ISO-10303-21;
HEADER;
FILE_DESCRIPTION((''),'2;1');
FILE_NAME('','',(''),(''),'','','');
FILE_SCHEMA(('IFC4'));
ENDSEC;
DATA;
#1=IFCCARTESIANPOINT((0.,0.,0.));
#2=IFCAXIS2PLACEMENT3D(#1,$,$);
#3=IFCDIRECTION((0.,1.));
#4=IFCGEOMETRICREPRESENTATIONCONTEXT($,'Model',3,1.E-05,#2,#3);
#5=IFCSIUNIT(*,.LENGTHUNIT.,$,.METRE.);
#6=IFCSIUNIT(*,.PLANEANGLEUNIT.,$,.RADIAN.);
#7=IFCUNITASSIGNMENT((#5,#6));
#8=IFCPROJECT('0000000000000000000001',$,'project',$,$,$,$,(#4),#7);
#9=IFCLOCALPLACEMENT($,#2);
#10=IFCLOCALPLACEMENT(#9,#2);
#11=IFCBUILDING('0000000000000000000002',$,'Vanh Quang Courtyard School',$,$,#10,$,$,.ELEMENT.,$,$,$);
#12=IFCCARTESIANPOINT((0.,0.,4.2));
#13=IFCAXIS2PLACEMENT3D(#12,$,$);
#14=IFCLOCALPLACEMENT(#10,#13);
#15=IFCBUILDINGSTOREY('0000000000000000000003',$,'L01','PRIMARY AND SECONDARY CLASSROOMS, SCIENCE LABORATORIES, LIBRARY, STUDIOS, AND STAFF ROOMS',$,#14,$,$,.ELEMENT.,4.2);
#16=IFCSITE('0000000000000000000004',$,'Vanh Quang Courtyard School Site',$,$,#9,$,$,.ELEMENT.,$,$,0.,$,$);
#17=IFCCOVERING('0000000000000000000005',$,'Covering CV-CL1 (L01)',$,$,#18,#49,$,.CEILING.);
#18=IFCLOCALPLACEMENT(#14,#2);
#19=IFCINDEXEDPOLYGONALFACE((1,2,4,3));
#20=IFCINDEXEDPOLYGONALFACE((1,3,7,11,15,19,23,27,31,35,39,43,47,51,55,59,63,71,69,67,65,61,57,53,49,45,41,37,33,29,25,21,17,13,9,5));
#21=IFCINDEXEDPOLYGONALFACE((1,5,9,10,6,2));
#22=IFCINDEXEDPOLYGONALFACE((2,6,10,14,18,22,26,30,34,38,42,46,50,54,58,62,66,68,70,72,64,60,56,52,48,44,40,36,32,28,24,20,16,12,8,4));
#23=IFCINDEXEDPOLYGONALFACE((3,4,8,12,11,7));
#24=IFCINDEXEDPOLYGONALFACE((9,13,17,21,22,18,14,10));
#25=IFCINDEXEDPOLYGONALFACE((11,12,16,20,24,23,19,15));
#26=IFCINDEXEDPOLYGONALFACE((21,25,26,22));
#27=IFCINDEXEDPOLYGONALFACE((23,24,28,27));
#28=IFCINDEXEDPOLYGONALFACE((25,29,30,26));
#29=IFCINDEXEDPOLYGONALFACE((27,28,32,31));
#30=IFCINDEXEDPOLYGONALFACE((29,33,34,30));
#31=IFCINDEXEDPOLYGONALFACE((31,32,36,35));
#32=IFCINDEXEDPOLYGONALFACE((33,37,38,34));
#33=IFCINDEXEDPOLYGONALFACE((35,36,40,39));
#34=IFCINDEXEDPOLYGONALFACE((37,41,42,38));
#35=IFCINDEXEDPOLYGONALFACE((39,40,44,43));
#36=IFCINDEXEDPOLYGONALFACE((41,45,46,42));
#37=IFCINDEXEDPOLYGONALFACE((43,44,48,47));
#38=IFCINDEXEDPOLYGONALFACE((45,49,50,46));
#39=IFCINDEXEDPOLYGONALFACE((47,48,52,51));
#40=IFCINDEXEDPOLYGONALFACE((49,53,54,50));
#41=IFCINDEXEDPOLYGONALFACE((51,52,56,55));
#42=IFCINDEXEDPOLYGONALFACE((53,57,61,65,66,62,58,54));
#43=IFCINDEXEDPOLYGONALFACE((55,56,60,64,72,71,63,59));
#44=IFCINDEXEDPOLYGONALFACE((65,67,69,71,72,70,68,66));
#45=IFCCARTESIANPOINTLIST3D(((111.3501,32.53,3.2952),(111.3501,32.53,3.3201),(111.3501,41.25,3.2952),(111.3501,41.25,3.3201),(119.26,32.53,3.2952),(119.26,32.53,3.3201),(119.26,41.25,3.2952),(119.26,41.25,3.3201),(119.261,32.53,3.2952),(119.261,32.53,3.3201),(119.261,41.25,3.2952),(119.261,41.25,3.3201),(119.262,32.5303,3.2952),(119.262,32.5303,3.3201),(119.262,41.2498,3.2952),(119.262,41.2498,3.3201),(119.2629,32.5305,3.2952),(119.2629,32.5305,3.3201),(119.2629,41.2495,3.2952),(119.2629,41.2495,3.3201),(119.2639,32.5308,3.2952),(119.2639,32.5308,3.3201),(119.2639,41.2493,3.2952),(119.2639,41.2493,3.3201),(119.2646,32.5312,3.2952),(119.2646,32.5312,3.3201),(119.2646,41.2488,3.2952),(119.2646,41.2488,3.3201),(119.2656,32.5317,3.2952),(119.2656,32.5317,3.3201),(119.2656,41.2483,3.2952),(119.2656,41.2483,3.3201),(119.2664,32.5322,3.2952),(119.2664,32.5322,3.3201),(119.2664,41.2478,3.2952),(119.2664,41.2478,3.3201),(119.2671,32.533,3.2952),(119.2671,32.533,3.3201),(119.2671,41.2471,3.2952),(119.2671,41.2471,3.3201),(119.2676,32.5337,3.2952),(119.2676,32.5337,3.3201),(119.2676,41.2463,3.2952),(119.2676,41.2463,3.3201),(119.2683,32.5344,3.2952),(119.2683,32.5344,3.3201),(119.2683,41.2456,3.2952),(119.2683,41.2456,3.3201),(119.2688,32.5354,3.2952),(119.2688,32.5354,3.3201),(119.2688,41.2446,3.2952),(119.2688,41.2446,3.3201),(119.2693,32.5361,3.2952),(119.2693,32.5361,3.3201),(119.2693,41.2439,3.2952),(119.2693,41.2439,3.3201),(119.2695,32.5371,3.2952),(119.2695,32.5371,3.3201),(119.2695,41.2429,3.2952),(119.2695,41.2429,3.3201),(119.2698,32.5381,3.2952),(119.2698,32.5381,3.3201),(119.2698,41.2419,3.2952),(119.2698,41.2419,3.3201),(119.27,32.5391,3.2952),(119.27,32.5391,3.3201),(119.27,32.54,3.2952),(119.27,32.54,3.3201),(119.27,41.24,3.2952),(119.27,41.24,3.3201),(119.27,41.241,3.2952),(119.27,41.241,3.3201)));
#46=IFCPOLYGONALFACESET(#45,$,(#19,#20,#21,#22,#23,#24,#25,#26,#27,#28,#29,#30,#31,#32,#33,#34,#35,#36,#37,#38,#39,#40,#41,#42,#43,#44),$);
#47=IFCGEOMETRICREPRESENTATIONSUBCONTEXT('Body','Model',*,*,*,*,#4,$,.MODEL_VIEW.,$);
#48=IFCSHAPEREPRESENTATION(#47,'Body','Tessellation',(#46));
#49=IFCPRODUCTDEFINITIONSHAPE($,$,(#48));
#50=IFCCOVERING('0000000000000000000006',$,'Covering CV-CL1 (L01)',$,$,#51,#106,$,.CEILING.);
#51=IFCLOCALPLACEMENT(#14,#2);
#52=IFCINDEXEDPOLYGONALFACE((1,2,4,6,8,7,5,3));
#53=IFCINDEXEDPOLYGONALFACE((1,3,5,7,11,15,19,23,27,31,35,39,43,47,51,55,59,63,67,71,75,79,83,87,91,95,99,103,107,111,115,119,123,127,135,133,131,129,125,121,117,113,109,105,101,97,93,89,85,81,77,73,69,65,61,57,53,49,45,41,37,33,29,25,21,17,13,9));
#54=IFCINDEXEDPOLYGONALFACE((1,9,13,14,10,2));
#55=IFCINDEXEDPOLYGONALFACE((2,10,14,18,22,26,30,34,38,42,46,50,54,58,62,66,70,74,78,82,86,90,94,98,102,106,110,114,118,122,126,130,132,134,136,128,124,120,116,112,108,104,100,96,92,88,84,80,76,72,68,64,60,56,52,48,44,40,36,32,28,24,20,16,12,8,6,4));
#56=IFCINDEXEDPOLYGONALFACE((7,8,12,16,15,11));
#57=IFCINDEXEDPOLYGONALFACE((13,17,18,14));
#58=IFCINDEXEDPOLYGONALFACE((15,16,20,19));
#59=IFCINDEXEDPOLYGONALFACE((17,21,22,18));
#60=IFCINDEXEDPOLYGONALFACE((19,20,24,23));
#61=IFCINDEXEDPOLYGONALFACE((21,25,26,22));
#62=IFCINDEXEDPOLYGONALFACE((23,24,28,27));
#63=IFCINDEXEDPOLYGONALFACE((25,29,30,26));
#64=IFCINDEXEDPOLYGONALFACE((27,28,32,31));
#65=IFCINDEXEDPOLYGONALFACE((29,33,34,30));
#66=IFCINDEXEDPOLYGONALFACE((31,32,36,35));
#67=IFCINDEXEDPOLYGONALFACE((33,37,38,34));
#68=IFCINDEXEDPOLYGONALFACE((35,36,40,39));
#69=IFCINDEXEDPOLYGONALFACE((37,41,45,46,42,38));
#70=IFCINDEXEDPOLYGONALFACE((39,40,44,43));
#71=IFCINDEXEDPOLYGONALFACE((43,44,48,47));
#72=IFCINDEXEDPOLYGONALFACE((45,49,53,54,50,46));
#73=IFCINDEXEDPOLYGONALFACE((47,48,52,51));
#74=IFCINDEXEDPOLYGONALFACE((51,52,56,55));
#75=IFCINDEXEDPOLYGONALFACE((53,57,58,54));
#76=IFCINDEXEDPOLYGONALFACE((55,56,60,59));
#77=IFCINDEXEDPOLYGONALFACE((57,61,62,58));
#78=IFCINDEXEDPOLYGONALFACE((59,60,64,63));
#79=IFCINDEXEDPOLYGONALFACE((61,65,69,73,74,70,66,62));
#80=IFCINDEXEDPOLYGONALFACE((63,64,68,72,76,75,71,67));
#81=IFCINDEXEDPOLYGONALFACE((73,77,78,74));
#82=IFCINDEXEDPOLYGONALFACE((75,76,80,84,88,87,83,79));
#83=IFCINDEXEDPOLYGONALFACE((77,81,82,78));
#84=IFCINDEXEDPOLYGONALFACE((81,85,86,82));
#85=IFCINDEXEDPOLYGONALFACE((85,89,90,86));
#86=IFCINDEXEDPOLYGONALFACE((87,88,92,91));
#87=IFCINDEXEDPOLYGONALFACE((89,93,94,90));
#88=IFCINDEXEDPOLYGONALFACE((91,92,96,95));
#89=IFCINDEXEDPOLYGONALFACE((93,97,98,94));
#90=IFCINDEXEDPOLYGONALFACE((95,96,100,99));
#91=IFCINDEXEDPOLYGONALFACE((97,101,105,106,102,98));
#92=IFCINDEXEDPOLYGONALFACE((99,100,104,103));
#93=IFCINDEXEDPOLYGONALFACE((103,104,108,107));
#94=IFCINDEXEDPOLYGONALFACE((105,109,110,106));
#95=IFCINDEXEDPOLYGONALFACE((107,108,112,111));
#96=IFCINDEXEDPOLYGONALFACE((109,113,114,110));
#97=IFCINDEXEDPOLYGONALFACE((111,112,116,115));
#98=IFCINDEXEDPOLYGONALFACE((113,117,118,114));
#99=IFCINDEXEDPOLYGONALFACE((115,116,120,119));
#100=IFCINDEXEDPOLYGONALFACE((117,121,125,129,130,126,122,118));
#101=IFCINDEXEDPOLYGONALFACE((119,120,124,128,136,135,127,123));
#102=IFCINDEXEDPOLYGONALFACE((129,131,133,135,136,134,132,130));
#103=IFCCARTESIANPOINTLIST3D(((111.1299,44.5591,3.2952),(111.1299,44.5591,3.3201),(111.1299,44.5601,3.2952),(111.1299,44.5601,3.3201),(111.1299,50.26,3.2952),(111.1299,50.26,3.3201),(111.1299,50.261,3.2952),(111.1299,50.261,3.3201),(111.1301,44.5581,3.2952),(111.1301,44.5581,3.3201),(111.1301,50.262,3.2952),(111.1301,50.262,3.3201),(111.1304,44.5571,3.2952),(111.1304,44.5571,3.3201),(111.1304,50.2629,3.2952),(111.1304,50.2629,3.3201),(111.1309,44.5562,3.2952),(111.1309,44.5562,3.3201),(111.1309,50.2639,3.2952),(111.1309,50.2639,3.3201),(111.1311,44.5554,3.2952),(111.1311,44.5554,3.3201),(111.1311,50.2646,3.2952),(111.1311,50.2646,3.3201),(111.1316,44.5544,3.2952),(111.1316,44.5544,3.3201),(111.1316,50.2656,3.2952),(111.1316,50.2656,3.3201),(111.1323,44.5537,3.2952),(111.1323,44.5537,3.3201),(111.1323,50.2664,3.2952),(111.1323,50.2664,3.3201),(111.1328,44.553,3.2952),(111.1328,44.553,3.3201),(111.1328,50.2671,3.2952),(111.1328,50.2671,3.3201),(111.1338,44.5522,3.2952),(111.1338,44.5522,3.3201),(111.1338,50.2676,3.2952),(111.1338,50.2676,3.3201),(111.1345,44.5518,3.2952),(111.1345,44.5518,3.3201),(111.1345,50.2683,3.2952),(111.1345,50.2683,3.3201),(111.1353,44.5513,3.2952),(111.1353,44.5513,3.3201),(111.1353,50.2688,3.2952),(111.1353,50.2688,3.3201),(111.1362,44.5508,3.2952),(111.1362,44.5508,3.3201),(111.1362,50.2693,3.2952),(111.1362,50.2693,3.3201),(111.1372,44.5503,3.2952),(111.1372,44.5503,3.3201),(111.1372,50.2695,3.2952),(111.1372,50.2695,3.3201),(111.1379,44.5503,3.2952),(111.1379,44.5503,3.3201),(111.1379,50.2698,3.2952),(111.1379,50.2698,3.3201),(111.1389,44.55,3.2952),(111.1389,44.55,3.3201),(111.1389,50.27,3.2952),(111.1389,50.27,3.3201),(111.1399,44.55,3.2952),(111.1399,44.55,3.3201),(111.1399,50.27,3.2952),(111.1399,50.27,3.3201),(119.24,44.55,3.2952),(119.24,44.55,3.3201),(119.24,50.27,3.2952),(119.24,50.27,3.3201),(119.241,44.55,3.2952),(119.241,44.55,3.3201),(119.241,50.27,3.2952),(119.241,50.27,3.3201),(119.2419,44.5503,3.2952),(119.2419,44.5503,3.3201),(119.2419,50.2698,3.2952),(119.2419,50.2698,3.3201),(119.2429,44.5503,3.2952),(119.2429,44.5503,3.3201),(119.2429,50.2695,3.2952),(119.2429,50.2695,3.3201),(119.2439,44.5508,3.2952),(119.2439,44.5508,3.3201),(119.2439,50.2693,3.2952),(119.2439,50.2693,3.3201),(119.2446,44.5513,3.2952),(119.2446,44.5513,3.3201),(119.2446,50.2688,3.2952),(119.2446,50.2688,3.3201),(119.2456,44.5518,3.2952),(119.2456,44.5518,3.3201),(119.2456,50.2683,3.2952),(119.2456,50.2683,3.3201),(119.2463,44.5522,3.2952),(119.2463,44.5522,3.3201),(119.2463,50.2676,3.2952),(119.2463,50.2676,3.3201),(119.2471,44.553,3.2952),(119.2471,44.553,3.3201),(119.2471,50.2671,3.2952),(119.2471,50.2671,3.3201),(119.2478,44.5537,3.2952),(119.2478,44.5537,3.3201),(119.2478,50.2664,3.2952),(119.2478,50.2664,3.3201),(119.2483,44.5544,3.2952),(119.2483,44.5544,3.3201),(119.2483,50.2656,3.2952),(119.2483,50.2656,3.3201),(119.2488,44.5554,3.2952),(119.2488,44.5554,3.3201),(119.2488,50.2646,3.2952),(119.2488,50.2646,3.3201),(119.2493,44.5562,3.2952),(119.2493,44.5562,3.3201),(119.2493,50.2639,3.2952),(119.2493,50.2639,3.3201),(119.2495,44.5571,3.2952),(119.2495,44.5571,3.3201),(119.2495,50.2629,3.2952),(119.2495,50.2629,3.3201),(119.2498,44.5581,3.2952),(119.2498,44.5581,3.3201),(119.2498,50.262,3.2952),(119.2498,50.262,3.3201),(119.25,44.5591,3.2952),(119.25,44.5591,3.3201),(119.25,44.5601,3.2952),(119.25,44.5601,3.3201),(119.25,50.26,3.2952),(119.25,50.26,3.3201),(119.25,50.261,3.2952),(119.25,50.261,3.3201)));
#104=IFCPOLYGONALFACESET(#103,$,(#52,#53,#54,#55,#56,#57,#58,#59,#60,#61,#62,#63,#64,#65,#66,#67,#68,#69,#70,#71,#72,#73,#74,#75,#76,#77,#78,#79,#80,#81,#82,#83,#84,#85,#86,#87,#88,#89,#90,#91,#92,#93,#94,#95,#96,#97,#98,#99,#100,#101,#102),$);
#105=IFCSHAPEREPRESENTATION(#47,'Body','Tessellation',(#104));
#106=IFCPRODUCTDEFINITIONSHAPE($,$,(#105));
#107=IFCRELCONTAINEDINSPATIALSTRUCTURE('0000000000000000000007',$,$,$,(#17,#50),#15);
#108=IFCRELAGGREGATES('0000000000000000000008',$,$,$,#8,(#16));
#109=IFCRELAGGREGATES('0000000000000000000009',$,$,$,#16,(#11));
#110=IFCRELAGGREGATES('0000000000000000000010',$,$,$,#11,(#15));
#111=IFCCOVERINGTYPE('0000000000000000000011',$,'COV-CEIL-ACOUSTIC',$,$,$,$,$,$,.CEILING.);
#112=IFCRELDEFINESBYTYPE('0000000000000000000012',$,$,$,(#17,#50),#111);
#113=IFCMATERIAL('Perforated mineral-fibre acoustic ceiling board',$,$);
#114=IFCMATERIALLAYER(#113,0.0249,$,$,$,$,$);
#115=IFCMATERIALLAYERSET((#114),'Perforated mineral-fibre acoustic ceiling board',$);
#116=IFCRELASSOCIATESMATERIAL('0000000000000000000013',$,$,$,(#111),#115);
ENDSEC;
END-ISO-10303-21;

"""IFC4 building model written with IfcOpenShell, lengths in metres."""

from ifc_helpers import new_model, si_unit, direction, frame, origin, place, context, subcontext, project, spatial, polyline, outline, extrude, material, layer, layer_set, type_object, element, save


model = new_model("IFC4")

# Units and contexts
model_context = context("Model", 3, precision=1e-05, world=origin(), true_north=direction((0.0, 1.0)))
body_context = subcontext(model_context, "Body", "Model", "MODEL_VIEW")
ifc_project = project(units=[si_unit("LENGTHUNIT", "METRE"), si_unit("PLANEANGLEUNIT", "RADIAN")], contexts=[model_context])

# Site, building, storey
site_placement = place(None, origin())
site = spatial("IfcSite", under=ifc_project, at=site_placement, Name="Vanh Quang Courtyard School Site", CompositionType="ELEMENT", RefElevation=0.0)
building_placement = place(site_placement, origin())
building = spatial("IfcBuilding", under=site, at=building_placement, Name="Vanh Quang Courtyard School", CompositionType="ELEMENT")
storey_placement = place(building_placement, frame((0.0, 0.0, 4.2)))
storey = spatial("IfcBuildingStorey", under=building, at=storey_placement, Name="L01", Description="PRIMARY AND SECONDARY CLASSROOMS, SCIENCE LABORATORIES, LIBRARY, STUDIOS, AND STAFF ROOMS", CompositionType="ELEMENT", Elevation=4.2)

# Coverings
ifc_material_1 = material(Name="Perforated mineral-fibre acoustic ceiling board")
ifc_layer_1 = layer(ifc_material_1, 0.0249)
ifc_layer_set_1 = layer_set([ifc_layer_1], Name="Perforated mineral-fibre acoustic ceiling board")
covering_type_1 = type_object("IfcCoveringType", Name="COV-CEIL-ACOUSTIC", PredefinedType="CEILING", material=ifc_layer_set_1)
covering_1_placement = place(storey_placement, frame((0.0, 0.0, 3.2952)))
element("IfcCovering", 1, at=covering_1_placement, inside=storey, type_object=covering_type_1, Name="Covering CV-CL1 (L01)", PredefinedType="CEILING", context=body_context, shape_type="SweptSolid", body=[
    extrude(outline(polyline([(111.3501, 32.53), (111.3501, 41.25), (119.26, 41.25), (119.261, 41.25), (119.262, 41.2498), (119.2629, 41.2495), (119.2639, 41.2493), (119.2646, 41.2488), (119.2656, 41.2483), (119.2664, 41.2478), (119.2671, 41.2471), (119.2676, 41.2463), (119.2683, 41.2456), (119.2688, 41.2446), (119.2693, 41.2439), (119.2695, 41.2429), (119.2698, 41.2419), (119.27, 41.241), (119.27, 41.24), (119.27, 32.54), (119.27, 32.5391), (119.2698, 32.5381), (119.2695, 32.5371), (119.2693, 32.5361), (119.2688, 32.5354), (119.2683, 32.5344), (119.2676, 32.5337), (119.2671, 32.533), (119.2664, 32.5322), (119.2656, 32.5317), (119.2646, 32.5312), (119.2639, 32.5308), (119.2629, 32.5305), (119.262, 32.5303), (119.261, 32.53), (119.26, 32.53), (111.3501, 32.53)])), origin(), (0.0, 0.0, 1.0), 0.0249),
])
covering_2_placement = place(storey_placement, frame((0.0, 0.0, 3.2952)))
element("IfcCovering", 2, at=covering_2_placement, inside=storey, type_object=covering_type_1, Name="Covering CV-CL1 (L01)", PredefinedType="CEILING", context=body_context, shape_type="SweptSolid", body=[
    extrude(outline(polyline([(119.25, 44.5601), (119.25, 44.5591), (119.2498, 44.5581), (119.2495, 44.5571), (119.2493, 44.5562), (119.2488, 44.5554), (119.2483, 44.5544), (119.2478, 44.5537), (119.2471, 44.553), (119.2463, 44.5522), (119.2456, 44.5518), (119.2446, 44.5513), (119.2439, 44.5508), (119.2429, 44.5503), (119.2419, 44.5503), (119.241, 44.55), (119.24, 44.55), (111.1399, 44.55), (111.1389, 44.55), (111.1379, 44.5503), (111.1372, 44.5503), (111.1362, 44.5508), (111.1353, 44.5513), (111.1345, 44.5518), (111.1338, 44.5522), (111.1328, 44.553), (111.1323, 44.5537), (111.1316, 44.5544), (111.1311, 44.5554), (111.1309, 44.5562), (111.1304, 44.5571), (111.1301, 44.5581), (111.1299, 44.5591), (111.1299, 44.5601), (111.1299, 50.26), (111.1299, 50.261), (111.1301, 50.262), (111.1304, 50.2629), (111.1309, 50.2639), (111.1311, 50.2646), (111.1316, 50.2656), (111.1323, 50.2664), (111.1328, 50.2671), (111.1338, 50.2676), (111.1345, 50.2683), (111.1353, 50.2688), (111.1362, 50.2693), (111.1372, 50.2695), (111.1379, 50.2698), (111.1389, 50.27), (111.1399, 50.27), (119.24, 50.27), (119.241, 50.27), (119.2419, 50.2698), (119.2429, 50.2695), (119.2439, 50.2693), (119.2446, 50.2688), (119.2456, 50.2683), (119.2463, 50.2676), (119.2471, 50.2671), (119.2478, 50.2664), (119.2483, 50.2656), (119.2488, 50.2646), (119.2493, 50.2639), (119.2495, 50.2629), (119.2498, 50.262), (119.25, 50.261), (119.25, 50.26), (119.25, 44.5601)])), origin(), (0.0, 0.0, 1.0), 0.0249),
])

save(model, "model.ifc")
